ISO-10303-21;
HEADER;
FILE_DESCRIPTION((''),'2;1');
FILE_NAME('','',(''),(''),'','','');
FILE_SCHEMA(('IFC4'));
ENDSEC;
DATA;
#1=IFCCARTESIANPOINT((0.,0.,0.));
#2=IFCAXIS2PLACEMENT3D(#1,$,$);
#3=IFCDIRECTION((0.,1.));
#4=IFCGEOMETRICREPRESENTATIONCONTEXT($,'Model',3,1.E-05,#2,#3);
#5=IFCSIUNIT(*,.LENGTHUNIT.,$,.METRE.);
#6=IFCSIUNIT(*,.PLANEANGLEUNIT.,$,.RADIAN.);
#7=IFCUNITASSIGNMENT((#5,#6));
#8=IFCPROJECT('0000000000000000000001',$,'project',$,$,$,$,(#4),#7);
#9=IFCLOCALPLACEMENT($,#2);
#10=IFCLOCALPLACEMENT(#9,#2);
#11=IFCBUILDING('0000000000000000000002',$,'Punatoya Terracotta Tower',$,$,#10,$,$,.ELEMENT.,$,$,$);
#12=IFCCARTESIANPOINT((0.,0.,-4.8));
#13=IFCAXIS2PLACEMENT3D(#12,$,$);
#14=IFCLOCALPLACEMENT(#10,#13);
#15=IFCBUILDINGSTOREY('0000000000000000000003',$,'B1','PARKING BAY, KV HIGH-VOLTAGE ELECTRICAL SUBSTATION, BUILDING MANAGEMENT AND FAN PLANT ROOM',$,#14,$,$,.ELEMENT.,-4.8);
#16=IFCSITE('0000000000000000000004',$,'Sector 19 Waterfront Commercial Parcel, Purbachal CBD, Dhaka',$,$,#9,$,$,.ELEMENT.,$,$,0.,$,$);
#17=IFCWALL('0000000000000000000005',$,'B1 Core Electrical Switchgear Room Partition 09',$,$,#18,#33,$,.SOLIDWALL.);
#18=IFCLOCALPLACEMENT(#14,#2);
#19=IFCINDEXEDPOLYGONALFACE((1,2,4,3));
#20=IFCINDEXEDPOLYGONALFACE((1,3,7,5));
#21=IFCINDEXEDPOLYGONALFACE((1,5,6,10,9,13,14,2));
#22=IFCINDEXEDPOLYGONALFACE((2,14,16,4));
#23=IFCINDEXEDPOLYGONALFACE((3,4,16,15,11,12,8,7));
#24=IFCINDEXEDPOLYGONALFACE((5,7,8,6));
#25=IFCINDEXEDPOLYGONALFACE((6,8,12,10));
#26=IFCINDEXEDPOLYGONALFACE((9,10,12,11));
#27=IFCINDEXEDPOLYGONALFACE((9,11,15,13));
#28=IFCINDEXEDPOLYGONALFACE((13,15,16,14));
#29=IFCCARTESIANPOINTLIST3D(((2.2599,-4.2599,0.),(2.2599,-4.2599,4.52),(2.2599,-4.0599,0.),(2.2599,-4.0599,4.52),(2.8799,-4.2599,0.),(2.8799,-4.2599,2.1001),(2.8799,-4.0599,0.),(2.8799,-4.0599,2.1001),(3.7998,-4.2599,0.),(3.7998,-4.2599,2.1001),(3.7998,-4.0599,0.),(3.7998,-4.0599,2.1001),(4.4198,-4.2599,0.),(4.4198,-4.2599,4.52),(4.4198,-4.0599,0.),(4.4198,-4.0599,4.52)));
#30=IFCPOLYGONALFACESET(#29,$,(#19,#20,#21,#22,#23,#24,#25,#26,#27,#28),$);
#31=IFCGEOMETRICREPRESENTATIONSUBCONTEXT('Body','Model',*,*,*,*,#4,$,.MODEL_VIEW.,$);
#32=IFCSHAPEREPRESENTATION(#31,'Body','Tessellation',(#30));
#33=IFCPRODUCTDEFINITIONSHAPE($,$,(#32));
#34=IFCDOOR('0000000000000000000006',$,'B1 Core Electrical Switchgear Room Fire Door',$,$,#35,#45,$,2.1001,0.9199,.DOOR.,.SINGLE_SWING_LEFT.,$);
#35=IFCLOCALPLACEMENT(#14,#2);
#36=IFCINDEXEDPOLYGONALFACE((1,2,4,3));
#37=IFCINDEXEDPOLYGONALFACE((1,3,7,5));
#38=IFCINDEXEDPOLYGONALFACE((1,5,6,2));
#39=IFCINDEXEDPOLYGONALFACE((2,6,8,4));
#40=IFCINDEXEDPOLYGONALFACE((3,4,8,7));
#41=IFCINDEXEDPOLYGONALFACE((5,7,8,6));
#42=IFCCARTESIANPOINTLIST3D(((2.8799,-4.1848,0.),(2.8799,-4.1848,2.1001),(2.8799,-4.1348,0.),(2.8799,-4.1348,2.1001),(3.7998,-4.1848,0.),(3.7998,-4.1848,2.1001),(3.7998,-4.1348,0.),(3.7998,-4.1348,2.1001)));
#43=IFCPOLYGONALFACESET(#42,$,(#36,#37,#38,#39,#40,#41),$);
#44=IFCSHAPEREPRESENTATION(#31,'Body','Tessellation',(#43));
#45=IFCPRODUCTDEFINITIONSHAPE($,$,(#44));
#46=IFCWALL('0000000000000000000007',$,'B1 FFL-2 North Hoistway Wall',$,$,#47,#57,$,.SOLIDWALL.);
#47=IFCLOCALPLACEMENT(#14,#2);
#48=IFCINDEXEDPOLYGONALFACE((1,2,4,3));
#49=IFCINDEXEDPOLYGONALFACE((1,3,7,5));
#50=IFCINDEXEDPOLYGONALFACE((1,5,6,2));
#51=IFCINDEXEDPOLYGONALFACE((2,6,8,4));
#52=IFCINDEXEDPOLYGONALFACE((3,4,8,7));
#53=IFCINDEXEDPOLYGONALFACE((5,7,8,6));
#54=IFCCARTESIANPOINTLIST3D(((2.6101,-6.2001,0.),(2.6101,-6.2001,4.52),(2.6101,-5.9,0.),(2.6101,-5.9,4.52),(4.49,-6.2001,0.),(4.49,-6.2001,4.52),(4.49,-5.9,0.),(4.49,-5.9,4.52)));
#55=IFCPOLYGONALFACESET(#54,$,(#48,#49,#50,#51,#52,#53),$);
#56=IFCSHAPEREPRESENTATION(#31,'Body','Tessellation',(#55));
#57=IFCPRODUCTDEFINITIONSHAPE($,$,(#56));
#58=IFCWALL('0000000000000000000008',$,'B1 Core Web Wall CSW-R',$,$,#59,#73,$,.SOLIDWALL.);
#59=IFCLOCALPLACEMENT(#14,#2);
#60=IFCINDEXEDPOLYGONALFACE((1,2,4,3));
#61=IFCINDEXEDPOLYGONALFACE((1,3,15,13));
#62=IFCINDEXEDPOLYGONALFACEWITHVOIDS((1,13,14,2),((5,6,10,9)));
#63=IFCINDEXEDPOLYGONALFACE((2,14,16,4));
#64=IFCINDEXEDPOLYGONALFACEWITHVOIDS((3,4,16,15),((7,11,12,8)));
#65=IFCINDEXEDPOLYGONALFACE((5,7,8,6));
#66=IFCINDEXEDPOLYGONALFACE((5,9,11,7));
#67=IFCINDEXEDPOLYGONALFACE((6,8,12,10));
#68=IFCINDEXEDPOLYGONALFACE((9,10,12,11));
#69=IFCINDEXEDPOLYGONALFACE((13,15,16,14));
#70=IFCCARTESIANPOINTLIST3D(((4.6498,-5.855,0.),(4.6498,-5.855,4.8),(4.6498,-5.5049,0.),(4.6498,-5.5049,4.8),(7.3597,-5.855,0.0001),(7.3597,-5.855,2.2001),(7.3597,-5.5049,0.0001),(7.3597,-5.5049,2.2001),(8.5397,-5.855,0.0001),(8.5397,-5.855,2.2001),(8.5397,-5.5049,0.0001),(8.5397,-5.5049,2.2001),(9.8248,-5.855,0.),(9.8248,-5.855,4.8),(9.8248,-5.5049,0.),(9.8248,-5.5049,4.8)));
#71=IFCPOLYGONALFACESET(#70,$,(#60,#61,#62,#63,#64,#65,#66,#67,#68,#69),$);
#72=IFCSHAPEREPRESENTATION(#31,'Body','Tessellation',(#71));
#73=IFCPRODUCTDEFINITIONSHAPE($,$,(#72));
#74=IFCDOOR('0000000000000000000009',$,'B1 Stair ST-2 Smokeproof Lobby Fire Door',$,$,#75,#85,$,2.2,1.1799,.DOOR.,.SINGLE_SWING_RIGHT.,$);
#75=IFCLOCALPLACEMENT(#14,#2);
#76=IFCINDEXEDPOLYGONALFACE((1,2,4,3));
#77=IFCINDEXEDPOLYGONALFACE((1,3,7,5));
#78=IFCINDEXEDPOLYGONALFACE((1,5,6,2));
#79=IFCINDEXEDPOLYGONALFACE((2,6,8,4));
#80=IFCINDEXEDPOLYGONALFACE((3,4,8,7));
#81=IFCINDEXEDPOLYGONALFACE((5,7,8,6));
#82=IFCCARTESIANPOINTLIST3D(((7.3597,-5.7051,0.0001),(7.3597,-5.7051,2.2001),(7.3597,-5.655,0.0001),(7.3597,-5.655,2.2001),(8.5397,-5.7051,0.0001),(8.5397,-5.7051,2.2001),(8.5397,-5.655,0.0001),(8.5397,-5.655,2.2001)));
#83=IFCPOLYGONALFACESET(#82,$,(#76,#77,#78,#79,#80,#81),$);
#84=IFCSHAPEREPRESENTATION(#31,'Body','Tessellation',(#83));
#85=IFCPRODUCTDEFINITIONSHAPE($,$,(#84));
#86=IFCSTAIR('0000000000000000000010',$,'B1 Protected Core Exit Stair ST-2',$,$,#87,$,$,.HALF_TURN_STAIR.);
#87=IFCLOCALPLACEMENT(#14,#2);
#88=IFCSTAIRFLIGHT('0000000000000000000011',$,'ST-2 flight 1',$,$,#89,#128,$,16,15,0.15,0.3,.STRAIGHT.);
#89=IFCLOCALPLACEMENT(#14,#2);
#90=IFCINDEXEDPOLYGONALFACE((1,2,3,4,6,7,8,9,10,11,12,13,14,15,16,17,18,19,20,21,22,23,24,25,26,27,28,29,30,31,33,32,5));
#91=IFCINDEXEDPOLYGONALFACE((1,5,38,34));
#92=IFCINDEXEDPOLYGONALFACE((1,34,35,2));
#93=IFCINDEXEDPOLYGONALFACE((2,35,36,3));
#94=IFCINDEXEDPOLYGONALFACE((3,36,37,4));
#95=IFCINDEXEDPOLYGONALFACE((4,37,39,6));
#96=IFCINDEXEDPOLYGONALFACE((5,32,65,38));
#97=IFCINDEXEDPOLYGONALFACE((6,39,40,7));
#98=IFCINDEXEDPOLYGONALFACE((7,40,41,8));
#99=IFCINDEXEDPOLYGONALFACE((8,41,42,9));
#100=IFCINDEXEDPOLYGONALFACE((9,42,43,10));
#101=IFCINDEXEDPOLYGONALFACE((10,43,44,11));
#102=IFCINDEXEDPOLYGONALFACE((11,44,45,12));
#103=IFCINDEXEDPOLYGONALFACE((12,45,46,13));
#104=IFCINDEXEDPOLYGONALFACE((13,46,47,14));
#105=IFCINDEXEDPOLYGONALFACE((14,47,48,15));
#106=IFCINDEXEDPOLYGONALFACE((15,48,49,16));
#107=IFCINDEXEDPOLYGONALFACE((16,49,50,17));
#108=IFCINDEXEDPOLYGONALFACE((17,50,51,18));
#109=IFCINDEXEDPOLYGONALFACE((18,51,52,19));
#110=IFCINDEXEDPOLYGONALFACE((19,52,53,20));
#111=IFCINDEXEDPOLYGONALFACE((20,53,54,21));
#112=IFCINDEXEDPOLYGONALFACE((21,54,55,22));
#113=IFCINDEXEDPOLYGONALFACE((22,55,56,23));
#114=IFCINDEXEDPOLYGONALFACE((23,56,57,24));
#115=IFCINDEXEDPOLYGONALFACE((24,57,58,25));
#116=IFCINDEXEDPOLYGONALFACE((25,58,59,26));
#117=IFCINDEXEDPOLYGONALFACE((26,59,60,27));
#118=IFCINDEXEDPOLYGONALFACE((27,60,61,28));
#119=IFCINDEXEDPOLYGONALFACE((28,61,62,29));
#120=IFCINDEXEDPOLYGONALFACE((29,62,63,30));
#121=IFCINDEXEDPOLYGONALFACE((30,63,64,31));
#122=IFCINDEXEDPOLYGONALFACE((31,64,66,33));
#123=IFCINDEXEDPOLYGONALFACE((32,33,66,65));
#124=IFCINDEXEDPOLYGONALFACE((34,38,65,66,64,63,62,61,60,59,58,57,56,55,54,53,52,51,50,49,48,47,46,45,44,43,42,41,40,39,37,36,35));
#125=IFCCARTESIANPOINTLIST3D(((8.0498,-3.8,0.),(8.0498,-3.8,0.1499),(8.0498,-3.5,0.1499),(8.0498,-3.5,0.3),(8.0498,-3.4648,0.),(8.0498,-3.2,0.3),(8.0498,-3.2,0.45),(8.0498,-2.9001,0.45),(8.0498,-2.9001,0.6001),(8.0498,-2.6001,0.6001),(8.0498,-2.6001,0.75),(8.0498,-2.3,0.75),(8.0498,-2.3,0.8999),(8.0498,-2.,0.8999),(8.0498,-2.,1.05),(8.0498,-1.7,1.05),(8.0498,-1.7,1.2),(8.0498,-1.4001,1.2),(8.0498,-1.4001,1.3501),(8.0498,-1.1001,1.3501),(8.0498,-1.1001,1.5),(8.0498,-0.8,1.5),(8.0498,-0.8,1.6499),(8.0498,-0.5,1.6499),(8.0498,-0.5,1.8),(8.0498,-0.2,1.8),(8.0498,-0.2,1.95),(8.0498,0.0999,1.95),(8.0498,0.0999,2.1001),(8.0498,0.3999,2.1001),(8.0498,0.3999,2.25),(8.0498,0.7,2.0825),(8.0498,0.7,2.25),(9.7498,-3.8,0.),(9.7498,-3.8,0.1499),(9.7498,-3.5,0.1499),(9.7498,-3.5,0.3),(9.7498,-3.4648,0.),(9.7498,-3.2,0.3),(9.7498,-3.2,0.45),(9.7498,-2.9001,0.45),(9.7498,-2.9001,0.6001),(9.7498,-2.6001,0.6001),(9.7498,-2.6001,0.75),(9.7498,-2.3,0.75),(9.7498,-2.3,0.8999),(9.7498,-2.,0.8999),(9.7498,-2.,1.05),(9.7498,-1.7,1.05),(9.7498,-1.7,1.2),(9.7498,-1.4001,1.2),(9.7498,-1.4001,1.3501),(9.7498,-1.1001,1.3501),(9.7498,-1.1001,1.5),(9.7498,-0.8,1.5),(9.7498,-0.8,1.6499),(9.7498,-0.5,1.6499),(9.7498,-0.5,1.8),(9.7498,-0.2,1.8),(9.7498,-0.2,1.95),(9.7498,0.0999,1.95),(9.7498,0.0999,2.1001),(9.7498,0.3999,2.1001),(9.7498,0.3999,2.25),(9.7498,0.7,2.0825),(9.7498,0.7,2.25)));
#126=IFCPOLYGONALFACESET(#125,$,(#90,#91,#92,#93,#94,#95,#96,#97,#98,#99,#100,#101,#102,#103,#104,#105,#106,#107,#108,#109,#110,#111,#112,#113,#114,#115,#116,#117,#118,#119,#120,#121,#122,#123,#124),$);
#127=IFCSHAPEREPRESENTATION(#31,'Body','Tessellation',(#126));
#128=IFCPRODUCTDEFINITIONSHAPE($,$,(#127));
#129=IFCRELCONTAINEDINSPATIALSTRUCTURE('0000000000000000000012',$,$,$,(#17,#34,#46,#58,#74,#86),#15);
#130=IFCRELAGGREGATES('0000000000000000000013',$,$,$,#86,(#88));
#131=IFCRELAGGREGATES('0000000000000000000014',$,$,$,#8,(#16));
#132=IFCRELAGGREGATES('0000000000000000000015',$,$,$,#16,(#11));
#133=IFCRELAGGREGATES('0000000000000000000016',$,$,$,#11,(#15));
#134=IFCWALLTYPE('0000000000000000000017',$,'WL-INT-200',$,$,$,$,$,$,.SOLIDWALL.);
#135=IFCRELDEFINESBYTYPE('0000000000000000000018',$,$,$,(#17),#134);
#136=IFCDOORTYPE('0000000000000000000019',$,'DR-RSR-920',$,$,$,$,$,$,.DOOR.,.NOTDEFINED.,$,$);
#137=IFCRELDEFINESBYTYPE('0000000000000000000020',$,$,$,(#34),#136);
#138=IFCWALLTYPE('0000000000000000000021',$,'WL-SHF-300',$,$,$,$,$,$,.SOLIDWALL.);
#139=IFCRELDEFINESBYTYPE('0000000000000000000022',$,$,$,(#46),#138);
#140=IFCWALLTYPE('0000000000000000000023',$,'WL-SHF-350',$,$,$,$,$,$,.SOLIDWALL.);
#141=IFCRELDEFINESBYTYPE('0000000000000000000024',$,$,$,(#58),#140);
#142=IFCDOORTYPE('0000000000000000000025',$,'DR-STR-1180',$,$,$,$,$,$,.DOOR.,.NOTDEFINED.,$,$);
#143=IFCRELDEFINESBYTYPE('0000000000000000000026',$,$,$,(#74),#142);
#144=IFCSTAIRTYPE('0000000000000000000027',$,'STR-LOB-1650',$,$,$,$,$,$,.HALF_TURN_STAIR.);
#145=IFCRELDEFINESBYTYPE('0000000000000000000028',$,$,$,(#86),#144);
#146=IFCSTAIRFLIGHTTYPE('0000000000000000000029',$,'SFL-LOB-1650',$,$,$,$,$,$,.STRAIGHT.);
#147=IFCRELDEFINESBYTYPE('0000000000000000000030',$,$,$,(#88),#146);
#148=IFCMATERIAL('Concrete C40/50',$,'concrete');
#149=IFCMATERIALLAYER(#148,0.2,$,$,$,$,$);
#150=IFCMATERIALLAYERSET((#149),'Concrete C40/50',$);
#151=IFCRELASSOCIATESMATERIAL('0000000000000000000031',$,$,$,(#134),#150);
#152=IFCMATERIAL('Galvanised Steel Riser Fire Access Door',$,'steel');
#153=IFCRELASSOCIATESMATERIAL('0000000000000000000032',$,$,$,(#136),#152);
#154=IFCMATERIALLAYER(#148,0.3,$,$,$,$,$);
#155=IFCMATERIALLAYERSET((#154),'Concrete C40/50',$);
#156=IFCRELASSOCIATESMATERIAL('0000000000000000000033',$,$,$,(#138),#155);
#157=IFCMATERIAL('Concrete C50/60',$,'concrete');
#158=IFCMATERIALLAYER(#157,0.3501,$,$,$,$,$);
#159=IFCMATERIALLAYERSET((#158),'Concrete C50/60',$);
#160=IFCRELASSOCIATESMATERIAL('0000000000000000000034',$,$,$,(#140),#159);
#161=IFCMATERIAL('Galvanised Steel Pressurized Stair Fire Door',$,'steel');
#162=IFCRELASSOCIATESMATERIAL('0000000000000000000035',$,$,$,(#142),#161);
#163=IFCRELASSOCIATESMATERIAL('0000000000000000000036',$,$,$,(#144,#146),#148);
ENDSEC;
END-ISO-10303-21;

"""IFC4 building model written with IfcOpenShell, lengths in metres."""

from ifc_helpers import new_model, si_unit, direction, frame, frame_2d, origin, place, context, subcontext, project, spatial, polyline, rectangle, outline, extrude, material, layer, layer_set, type_object, element, fill, aggregate, save


model = new_model("IFC4")

# Units and contexts
model_context = context("Model", 3, precision=1e-05, world=origin(), true_north=direction((0.0, 1.0)))
body_context = subcontext(model_context, "Body", "Model", "MODEL_VIEW")
ifc_project = project(units=[si_unit("LENGTHUNIT", "METRE"), si_unit("PLANEANGLEUNIT", "RADIAN")], contexts=[model_context])

# Site, building, storey
site_placement = place(None, origin())
site = spatial("IfcSite", under=ifc_project, at=site_placement, Name="Sector 19 Waterfront Commercial Parcel, Purbachal CBD, Dhaka", CompositionType="ELEMENT", RefElevation=0.0)
building_placement = place(site_placement, origin())
building = spatial("IfcBuilding", under=site, at=building_placement, Name="Punatoya Terracotta Tower", CompositionType="ELEMENT")
storey_placement = place(building_placement, frame((0.0, 0.0, -4.8)))
storey = spatial("IfcBuildingStorey", under=building, at=storey_placement, Name="B1", Description="PARKING BAY, KV HIGH-VOLTAGE ELECTRICAL SUBSTATION, BUILDING MANAGEMENT AND FAN PLANT ROOM", CompositionType="ELEMENT", Elevation=-4.8)

# Shared definitions
ifc_material_1 = material(Name="Concrete C40/50", Category="concrete")

# Shared definitions
ifc_layer_1 = layer(ifc_material_1, 0.2)
ifc_layer_set_1 = layer_set([ifc_layer_1], Name="Concrete C40/50")
wall_type_1 = type_object("IfcWallType", Name="WL-INT-200", PredefinedType="SOLIDWALL", material=ifc_layer_set_1)

# Wall, opening, door
wall_1_placement = place(storey_placement, frame((4.4199, -4.1599, 0.0), z_axis=(0.0, 0.0, 1.0), x_axis=(-1.0, 0.0, 0.0)))
wall_1 = element("IfcWall", 1, at=wall_1_placement, inside=storey, type_object=wall_type_1, Name="B1 Core Electrical Switchgear Room Partition 09", PredefinedType="SOLIDWALL", context=body_context, shape_type="SweptSolid", body=[
    extrude(rectangle(XDim=2.1599, YDim=0.2, at=frame_2d((1.0801, 0.0))), origin(), (0.0, 0.0, 1.0), 4.52),
])
opening_1_placement = place(wall_1_placement, frame((0.6201, 0.0, 0.0)))
opening_1 = element("IfcOpeningElement", 2, at=opening_1_placement, cuts=wall_1, PredefinedType="OPENING", context=body_context, shape_type="SweptSolid", body=[
    extrude(rectangle(XDim=0.9199, YDim=2.1001, at=frame_2d((0.46, 1.05))), frame((0.0, 0.1099, 0.0), z_axis=(0.0, -1.0, 0.0), x_axis=(1.0, 0.0, 0.0)), (0.0, 0.0, 1.0), 0.22),
])
ifc_material_2 = material(Name="Galvanised Steel Riser Fire Access Door", Category="steel")
door_type_1 = type_object("IfcDoorType", Name="DR-RSR-920", OperationType="NOTDEFINED", PredefinedType="DOOR", material=ifc_material_2)
door_1_placement = place(opening_1_placement, origin())
door_1 = element("IfcDoor", 3, at=door_1_placement, inside=storey, type_object=door_type_1, Name="B1 Core Electrical Switchgear Room Fire Door", OperationType="SINGLE_SWING_LEFT", OverallHeight=2.1001, OverallWidth=0.9199, PredefinedType="DOOR", context=body_context, shape_type="SweptSolid", body=[
    extrude(rectangle(XDim=0.9199, YDim=2.1001, at=frame_2d((0.46, 1.05))), frame((0.0, 0.0249, 0.0), z_axis=(0.0, -1.0, 0.0), x_axis=(1.0, 0.0, 0.0)), (0.0, 0.0, 1.0), 0.05),
])
fill(opening_1, door_1)

# Wall
ifc_layer_2 = layer(ifc_material_1, 0.3)
ifc_layer_set_2 = layer_set([ifc_layer_2], Name="Concrete C40/50")
wall_type_2 = type_object("IfcWallType", Name="WL-SHF-300", PredefinedType="SOLIDWALL", material=ifc_layer_set_2)
wall_2_placement = place(storey_placement, frame((2.6101, -6.05, 0.0), z_axis=(0.0, 0.0, 1.0), x_axis=(1.0, 0.0, 0.0)))
element("IfcWall", 4, at=wall_2_placement, inside=storey, type_object=wall_type_2, Name="B1 FFL-2 North Hoistway Wall", PredefinedType="SOLIDWALL", context=body_context, shape_type="SweptSolid", body=[
    extrude(rectangle(XDim=1.8799, YDim=0.3, at=frame_2d((0.9399, 0.0))), origin(), (0.0, 0.0, 1.0), 4.52),
])

# Wall, opening, door
ifc_material_3 = material(Name="Concrete C50/60", Category="concrete")
ifc_layer_3 = layer(ifc_material_3, 0.3501)
ifc_layer_set_3 = layer_set([ifc_layer_3], Name="Concrete C50/60")
wall_type_3 = type_object("IfcWallType", Name="WL-SHF-350", PredefinedType="SOLIDWALL", material=ifc_layer_set_3)
wall_3_placement = place(storey_placement, frame((4.6499, -5.6799, 0.0), z_axis=(0.0, 0.0, 1.0), x_axis=(1.0, 0.0, 0.0)))
wall_3 = element("IfcWall", 5, at=wall_3_placement, inside=storey, type_object=wall_type_3, Name="B1 Core Web Wall CSW-R", PredefinedType="SOLIDWALL", context=body_context, shape_type="SweptSolid", body=[
    extrude(rectangle(XDim=5.175, YDim=0.3501, at=frame_2d((2.5874, 0.0))), origin(), (0.0, 0.0, 1.0), 4.8),
])
opening_2_placement = place(wall_3_placement, frame((2.71, 0.0, 0.0)))
opening_2 = element("IfcOpeningElement", 6, at=opening_2_placement, cuts=wall_3, PredefinedType="OPENING", context=body_context, shape_type="SweptSolid", body=[
    extrude(rectangle(XDim=1.1799, YDim=2.2, at=frame_2d((0.5898, 1.1001))), frame((0.0, 0.1851, 0.0), z_axis=(0.0, -1.0, 0.0), x_axis=(1.0, 0.0, 0.0)), (0.0, 0.0, 1.0), 0.3701),
])
ifc_material_4 = material(Name="Galvanised Steel Pressurized Stair Fire Door", Category="steel")
door_type_2 = type_object("IfcDoorType", Name="DR-STR-1180", OperationType="NOTDEFINED", PredefinedType="DOOR", material=ifc_material_4)
door_2_placement = place(opening_2_placement, origin())
door_2 = element("IfcDoor", 7, at=door_2_placement, inside=storey, type_object=door_type_2, Name="B1 Stair ST-2 Smokeproof Lobby Fire Door", OperationType="SINGLE_SWING_RIGHT", OverallHeight=2.2, OverallWidth=1.1799, PredefinedType="DOOR", context=body_context, shape_type="SweptSolid", body=[
    extrude(rectangle(XDim=1.1799, YDim=2.2, at=frame_2d((0.5898, 1.1001))), frame((0.0, 0.0249, 0.0), z_axis=(0.0, -1.0, 0.0), x_axis=(1.0, 0.0, 0.0)), (0.0, 0.0, 1.0), 0.05),
])
fill(opening_2, door_2)

# Stair, stair flight
stair_type_1 = type_object("IfcStairType", Name="STR-LOB-1650", PredefinedType="HALF_TURN_STAIR", material=ifc_material_1)
stair_1_placement = place(storey_placement, origin())
stair_1 = element("IfcStair", 8, at=stair_1_placement, inside=storey, type_object=stair_type_1, Name="B1 Protected Core Exit Stair ST-2", PredefinedType="HALF_TURN_STAIR")
stair_flight_type = type_object("IfcStairFlightType", Name="SFL-LOB-1650", PredefinedType="STRAIGHT", material=ifc_material_1)
stair_flight_placement = place(storey_placement, frame((8.8999, -3.8, 0.0), z_axis=(0.0, 0.0, 1.0), x_axis=(0.0, 1.0, 0.0)))
stair_flight = element("IfcStairFlight", 9, at=stair_flight_placement, type_object=stair_flight_type, Name="ST-2 flight 1", NumberOfRisers=16, NumberOfTreads=15, PredefinedType="STRAIGHT", RiserHeight=0.15, TreadLength=0.3, context=body_context, shape_type="SweptSolid", body=[
    extrude(outline(polyline([(0.0, 0.0), (0.0, 0.1499), (0.3, 0.1499), (0.3, 0.3), (0.6001, 0.3), (0.6001, 0.45), (0.8999, 0.45), (0.8999, 0.6001), (1.2, 0.6001), (1.2, 0.75), (1.5, 0.75), (1.5, 0.8999), (1.8, 0.8999), (1.8, 1.05), (2.1001, 1.05), (2.1001, 1.2), (2.3999, 1.2), (2.3999, 1.3501), (2.7, 1.3501), (2.7, 1.5), (3.0, 1.5), (3.0, 1.6499), (3.3, 1.6499), (3.3, 1.8), (3.6001, 1.8), (3.6001, 1.95), (3.8999, 1.95), (3.8999, 2.1001), (4.2, 2.1001), (4.2, 2.25), (4.5, 2.25), (4.5, 2.3999), (4.5, 2.0825), (0.3352, 0.0), (0.0, 0.0)])), frame((0.0, 0.8501, 0.0), z_axis=(0.0, -1.0, 0.0), x_axis=(1.0, 0.0, 0.0)), (0.0, 0.0, 1.0), 1.7),
])
aggregate(stair_1, [stair_flight])

save(model, "model.ifc")
